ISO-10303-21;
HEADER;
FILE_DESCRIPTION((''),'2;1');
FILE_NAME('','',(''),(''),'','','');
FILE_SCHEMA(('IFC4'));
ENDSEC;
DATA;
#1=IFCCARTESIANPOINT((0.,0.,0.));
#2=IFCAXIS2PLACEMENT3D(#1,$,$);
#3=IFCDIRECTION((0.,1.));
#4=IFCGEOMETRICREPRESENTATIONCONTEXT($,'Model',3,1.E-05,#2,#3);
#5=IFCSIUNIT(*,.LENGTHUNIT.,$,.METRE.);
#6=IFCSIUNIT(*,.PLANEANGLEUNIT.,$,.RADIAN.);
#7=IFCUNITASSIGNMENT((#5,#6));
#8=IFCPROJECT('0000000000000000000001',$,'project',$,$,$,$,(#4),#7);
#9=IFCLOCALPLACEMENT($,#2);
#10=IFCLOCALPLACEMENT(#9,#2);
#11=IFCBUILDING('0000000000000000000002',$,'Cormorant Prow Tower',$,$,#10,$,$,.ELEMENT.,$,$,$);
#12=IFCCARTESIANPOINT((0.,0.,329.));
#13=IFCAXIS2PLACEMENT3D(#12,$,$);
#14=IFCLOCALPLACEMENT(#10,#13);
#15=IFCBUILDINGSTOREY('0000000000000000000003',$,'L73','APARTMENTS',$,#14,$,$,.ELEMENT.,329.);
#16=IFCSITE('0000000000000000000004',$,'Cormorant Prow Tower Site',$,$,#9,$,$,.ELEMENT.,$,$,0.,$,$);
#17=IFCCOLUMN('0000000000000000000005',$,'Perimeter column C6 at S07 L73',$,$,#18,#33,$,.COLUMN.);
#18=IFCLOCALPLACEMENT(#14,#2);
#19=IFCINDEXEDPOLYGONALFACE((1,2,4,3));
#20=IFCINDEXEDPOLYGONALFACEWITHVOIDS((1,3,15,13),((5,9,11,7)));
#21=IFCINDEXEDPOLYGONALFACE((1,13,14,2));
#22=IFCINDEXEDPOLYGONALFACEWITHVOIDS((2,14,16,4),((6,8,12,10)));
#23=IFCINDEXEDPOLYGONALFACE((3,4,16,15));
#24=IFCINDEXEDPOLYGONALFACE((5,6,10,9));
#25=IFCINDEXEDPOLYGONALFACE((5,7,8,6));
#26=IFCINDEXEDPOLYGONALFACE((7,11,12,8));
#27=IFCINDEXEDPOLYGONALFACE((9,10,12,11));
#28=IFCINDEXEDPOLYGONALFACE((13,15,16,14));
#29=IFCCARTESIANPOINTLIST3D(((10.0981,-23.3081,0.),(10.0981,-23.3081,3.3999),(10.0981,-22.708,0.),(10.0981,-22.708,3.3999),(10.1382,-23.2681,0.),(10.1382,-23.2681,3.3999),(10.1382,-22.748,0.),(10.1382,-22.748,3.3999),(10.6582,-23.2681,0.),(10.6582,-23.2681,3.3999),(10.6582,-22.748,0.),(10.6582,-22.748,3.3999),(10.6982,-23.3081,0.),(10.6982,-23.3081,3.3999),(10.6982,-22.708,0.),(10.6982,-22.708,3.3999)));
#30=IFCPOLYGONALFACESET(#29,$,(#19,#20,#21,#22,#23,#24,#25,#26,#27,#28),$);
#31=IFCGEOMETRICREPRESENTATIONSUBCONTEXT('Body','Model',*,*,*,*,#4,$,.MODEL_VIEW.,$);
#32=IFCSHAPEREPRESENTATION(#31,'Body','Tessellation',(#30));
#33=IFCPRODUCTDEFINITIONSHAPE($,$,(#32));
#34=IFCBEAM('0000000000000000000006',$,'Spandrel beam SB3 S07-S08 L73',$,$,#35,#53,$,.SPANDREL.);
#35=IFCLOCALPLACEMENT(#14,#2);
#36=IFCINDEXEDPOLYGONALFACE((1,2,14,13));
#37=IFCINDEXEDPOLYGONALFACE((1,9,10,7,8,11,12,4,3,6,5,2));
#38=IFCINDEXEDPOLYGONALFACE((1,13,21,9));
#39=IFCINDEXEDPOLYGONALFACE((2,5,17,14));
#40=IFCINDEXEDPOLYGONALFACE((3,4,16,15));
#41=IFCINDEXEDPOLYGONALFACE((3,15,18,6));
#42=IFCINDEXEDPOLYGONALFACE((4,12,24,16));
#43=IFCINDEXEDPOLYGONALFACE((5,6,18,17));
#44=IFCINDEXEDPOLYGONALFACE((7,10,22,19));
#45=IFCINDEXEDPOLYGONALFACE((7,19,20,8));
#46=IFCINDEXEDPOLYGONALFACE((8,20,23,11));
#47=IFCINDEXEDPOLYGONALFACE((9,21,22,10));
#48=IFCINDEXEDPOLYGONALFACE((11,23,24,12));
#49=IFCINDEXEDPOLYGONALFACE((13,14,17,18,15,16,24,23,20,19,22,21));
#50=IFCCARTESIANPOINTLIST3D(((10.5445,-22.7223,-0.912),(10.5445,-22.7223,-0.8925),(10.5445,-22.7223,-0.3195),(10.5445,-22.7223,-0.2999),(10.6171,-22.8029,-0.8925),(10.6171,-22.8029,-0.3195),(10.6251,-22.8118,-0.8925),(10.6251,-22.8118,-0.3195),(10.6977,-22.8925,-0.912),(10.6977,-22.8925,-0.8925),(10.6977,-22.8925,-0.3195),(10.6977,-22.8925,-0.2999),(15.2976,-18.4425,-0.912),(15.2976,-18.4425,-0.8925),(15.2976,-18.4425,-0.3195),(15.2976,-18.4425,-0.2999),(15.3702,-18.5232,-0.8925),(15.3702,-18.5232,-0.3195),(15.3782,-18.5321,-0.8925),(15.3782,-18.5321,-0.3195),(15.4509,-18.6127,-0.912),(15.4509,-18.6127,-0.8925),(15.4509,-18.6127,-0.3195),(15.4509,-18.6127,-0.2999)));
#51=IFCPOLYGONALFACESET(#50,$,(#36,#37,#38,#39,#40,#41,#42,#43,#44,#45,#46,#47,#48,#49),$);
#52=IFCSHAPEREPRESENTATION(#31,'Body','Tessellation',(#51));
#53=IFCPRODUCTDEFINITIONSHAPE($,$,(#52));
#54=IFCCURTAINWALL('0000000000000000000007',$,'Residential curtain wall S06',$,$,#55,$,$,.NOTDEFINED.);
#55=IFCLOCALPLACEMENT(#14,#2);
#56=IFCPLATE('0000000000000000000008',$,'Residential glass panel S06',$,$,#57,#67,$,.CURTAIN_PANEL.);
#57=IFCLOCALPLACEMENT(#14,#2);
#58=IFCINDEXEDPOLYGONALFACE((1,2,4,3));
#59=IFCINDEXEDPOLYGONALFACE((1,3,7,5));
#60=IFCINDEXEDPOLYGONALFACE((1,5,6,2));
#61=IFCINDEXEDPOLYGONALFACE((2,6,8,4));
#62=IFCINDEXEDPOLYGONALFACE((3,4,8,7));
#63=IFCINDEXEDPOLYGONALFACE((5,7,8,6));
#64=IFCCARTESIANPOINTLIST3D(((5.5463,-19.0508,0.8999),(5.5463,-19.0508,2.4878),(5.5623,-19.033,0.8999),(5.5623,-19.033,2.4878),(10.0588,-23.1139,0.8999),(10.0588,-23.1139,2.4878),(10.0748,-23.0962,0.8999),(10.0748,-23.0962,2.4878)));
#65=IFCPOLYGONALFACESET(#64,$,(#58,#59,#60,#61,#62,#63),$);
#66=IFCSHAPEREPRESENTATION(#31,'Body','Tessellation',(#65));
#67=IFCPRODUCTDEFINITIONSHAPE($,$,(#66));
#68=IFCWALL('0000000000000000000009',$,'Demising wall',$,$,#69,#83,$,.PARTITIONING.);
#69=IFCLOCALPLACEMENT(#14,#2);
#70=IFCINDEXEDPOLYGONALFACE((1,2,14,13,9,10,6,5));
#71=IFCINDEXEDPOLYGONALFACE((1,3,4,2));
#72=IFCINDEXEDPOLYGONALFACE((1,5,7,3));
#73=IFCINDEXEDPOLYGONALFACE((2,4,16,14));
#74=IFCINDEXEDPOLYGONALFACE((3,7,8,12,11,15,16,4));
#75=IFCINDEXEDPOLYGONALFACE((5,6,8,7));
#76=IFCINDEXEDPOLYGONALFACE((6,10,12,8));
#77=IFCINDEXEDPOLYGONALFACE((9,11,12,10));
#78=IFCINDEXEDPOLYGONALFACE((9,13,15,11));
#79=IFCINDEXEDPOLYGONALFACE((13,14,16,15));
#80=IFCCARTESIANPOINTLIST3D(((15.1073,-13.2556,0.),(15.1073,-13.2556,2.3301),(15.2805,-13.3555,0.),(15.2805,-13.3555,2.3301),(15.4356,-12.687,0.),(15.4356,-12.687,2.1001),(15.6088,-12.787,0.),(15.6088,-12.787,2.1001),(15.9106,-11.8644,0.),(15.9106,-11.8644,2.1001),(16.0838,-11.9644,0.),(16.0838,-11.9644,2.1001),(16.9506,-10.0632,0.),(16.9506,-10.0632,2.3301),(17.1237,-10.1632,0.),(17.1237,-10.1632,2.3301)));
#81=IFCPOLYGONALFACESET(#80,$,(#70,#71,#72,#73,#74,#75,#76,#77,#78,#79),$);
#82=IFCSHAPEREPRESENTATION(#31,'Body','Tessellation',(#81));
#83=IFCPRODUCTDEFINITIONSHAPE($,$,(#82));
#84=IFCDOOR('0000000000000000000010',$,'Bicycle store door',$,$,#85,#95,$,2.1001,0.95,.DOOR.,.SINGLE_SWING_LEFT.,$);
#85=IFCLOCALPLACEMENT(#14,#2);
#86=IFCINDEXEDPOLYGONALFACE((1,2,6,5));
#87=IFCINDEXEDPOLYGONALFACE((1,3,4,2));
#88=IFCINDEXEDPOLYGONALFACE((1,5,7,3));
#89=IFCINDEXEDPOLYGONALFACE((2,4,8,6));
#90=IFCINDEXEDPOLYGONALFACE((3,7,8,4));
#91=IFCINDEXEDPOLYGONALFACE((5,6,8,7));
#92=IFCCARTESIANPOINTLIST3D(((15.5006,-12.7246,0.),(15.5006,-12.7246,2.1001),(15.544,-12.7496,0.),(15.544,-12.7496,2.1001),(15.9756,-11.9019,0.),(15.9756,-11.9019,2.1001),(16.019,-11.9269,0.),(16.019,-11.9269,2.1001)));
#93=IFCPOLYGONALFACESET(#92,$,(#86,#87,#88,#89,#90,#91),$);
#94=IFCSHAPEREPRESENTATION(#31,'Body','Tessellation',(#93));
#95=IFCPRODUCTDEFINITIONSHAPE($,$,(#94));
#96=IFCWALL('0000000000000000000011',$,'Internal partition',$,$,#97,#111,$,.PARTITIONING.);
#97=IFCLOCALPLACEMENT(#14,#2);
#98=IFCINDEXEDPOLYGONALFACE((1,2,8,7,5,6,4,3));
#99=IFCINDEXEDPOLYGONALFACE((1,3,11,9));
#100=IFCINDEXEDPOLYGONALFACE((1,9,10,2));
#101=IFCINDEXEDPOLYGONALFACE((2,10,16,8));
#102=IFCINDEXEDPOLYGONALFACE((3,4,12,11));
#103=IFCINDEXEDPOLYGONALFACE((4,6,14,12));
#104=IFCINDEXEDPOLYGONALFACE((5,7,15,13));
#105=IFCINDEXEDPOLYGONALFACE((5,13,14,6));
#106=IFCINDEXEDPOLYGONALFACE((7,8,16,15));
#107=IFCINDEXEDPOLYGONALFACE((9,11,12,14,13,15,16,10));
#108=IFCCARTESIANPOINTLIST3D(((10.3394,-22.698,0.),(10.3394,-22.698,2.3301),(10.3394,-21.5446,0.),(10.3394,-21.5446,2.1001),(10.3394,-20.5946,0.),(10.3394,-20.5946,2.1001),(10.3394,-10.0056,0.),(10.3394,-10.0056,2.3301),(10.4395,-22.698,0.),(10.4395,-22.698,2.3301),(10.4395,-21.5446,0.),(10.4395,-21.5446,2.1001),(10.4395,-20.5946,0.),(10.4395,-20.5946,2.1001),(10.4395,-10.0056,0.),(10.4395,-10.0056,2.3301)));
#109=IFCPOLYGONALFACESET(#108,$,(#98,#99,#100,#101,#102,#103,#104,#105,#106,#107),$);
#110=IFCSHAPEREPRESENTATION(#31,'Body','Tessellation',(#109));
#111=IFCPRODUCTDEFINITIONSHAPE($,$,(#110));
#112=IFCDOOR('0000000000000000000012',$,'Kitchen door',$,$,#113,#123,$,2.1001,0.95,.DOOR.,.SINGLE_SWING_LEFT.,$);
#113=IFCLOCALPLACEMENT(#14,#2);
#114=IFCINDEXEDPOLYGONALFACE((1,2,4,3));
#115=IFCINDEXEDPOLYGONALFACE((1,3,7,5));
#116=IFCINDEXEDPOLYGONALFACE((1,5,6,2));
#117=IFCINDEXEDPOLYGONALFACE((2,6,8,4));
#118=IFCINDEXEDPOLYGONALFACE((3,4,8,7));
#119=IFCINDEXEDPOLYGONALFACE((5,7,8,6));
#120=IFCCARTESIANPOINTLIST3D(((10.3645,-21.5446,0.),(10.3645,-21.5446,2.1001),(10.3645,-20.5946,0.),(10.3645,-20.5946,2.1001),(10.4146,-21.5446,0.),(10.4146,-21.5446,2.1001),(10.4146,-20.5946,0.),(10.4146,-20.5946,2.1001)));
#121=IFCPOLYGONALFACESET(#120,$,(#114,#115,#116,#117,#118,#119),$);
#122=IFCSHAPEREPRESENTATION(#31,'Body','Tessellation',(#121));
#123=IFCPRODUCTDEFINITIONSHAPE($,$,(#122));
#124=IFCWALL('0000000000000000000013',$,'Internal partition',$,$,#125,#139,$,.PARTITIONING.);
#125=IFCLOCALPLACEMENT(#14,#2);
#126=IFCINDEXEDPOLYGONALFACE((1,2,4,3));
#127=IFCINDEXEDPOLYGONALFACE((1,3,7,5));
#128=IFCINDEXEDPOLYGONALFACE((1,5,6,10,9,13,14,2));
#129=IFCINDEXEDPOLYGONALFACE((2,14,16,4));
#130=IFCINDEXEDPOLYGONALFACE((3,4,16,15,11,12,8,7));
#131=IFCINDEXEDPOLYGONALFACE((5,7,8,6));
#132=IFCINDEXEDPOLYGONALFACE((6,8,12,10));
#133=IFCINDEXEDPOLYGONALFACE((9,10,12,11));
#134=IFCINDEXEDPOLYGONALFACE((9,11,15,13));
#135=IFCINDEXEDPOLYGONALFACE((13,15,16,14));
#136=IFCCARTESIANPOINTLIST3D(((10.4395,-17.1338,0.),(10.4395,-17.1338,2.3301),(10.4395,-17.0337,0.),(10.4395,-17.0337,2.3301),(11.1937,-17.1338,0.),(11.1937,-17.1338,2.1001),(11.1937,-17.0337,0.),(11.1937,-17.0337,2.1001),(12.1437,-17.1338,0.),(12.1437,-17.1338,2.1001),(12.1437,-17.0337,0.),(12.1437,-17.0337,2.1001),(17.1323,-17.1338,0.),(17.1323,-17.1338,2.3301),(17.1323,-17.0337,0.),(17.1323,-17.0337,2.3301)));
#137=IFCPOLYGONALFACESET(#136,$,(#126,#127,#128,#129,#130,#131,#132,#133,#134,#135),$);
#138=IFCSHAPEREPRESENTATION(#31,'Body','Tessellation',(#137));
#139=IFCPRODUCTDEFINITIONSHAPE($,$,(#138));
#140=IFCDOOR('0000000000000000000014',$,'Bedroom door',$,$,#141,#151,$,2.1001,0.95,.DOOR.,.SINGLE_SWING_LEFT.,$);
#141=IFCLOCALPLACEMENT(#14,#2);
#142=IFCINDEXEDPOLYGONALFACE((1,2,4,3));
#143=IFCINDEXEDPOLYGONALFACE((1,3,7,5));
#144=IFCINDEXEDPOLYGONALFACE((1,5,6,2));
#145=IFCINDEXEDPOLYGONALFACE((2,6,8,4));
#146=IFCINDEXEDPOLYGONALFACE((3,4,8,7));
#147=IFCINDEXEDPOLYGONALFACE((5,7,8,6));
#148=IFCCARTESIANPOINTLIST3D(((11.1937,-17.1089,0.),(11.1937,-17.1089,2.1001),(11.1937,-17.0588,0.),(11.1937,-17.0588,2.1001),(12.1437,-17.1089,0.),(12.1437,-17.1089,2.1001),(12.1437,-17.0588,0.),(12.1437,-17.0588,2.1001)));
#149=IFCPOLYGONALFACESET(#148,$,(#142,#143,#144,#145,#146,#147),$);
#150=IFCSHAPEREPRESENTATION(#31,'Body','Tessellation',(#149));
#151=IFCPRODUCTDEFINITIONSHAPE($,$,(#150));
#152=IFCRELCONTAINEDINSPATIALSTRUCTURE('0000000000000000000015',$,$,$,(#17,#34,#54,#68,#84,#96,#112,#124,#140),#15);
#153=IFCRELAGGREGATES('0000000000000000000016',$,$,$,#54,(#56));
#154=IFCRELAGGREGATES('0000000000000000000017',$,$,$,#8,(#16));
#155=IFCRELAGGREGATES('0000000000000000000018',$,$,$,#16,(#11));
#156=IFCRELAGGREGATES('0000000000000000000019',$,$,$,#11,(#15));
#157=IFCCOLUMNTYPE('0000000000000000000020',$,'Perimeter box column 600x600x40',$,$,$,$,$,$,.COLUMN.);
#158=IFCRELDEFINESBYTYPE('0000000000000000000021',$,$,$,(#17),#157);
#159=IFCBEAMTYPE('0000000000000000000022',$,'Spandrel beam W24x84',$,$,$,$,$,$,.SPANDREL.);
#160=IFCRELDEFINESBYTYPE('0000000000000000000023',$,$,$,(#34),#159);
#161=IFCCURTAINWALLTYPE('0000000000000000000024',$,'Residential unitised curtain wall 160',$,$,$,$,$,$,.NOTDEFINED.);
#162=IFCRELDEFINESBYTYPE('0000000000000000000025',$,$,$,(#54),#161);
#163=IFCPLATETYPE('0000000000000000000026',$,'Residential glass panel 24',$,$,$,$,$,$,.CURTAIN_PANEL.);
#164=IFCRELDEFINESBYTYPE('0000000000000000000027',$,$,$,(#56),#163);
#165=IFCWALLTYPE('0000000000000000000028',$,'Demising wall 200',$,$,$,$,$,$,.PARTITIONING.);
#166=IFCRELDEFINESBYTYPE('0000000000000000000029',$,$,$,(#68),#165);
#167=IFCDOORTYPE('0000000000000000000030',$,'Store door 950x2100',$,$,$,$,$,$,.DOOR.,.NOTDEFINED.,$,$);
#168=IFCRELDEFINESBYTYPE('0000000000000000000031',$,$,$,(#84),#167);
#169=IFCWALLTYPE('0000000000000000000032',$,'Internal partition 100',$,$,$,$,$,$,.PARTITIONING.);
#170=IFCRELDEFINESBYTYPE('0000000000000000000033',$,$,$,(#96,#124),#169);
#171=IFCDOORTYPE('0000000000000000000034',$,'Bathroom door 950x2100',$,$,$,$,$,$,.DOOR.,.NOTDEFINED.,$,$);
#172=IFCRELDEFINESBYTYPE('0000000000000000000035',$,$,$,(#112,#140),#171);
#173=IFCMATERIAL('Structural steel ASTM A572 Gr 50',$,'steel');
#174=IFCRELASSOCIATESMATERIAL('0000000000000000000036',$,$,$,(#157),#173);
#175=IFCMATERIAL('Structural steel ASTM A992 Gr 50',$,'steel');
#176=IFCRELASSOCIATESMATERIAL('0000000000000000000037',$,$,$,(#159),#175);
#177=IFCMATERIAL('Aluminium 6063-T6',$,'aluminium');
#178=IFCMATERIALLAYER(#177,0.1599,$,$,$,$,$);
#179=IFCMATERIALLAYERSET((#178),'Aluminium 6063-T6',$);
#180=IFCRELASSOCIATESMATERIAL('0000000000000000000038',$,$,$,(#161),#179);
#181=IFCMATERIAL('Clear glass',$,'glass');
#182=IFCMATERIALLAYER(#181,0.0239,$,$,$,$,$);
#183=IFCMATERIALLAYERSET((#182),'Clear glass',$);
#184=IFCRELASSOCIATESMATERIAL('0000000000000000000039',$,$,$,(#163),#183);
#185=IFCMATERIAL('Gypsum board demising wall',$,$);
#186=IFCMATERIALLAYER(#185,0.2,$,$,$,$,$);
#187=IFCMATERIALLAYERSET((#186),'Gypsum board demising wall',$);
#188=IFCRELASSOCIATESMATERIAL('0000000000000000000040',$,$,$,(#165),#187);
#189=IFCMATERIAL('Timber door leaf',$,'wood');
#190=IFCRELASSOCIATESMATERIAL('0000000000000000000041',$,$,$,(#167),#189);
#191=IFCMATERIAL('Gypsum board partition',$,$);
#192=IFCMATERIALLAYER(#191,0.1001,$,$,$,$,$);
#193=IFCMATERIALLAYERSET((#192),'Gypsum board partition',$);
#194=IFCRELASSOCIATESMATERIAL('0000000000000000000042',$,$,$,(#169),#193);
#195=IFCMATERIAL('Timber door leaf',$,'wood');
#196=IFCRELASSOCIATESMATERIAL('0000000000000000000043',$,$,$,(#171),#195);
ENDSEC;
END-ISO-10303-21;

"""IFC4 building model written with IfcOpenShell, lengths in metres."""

from ifc_helpers import new_model, si_unit, direction, frame, frame_2d, origin, origin_2d, place, context, subcontext, project, spatial, rectangle, hollow_rectangle, i_section, extrude, material, layer, layer_set, material_profile, profile_set, type_object, element, fill, aggregate, save


model = new_model("IFC4")

# Units and contexts
model_context = context("Model", 3, precision=1e-05, world=origin(), true_north=direction((0.0, 1.0)))
body_context = subcontext(model_context, "Body", "Model", "MODEL_VIEW")
ifc_project = project(units=[si_unit("LENGTHUNIT", "METRE"), si_unit("PLANEANGLEUNIT", "RADIAN")], contexts=[model_context])

# Site, building, storey
site_placement = place(None, origin())
site = spatial("IfcSite", under=ifc_project, at=site_placement, Name="Cormorant Prow Tower Site", CompositionType="ELEMENT", RefElevation=0.0)
building_placement = place(site_placement, origin())
building = spatial("IfcBuilding", under=site, at=building_placement, Name="Cormorant Prow Tower", CompositionType="ELEMENT")
storey_placement = place(building_placement, frame((0.0, 0.0, 329.0)))
storey = spatial("IfcBuildingStorey", under=building, at=storey_placement, Name="L73", Description="APARTMENTS", CompositionType="ELEMENT", Elevation=329.0)

# Column
ifc_material_1 = material(Name="Structural steel ASTM A572 Gr 50", Category="steel")
ifc_material_profile_1 = material_profile(ifc_material_1, hollow_rectangle(XDim=0.6001, YDim=0.6001, WallThickness=0.04, at=origin_2d()), Name="Box 600x600x40")
ifc_profile_set_1 = profile_set([ifc_material_profile_1], Name="Structural steel ASTM A572 Gr 50")
column_type = type_object("IfcColumnType", Name="Perimeter box column 600x600x40", PredefinedType="COLUMN", material=ifc_profile_set_1)
column_placement = place(storey_placement, frame((10.3982, -23.0081, 0.0), z_axis=(0.0, 0.0, 1.0), x_axis=(1.0, 0.0, 0.0)))
element("IfcColumn", 1, at=column_placement, inside=storey, type_object=column_type, Name="Perimeter column C6 at S07 L73", PredefinedType="COLUMN", context=body_context, shape_type="SweptSolid", body=[
    extrude(hollow_rectangle(XDim=0.6001, YDim=0.6001, WallThickness=0.04, at=origin_2d()), origin(), (0.0, 0.0, 1.0), 3.3999),
])

# Beam
ifc_material_2 = material(Name="Structural steel ASTM A992 Gr 50", Category="steel")
ifc_material_profile_2 = material_profile(ifc_material_2, i_section(OverallWidth=0.229, OverallDepth=0.6121, WebThickness=0.012, FlangeThickness=0.0195, at=origin_2d()), Name="W24x84")
ifc_profile_set_2 = profile_set([ifc_material_profile_2], Name="Structural steel ASTM A992 Gr 50")
beam_type = type_object("IfcBeamType", Name="Spandrel beam W24x84", PredefinedType="SPANDREL", material=ifc_profile_set_2)
beam_placement = place(storey_placement, frame((10.6211, -22.8074, -0.606), z_axis=(0.743144, 0.669131, 0.0), x_axis=(-0.669131, 0.743144, 0.0)))
element("IfcBeam", 2, at=beam_placement, inside=storey, type_object=beam_type, Name="Spandrel beam SB3 S07-S08 L73", PredefinedType="SPANDREL", context=body_context, shape_type="SweptSolid", body=[
    extrude(i_section(OverallWidth=0.229, OverallDepth=0.6121, WebThickness=0.012, FlangeThickness=0.0195, at=origin_2d()), origin(), (0.0, 0.0, 1.0), 6.396),
])

# Curtain wall, plate
ifc_material_3 = material(Name="Aluminium 6063-T6", Category="aluminium")
ifc_layer_1 = layer(ifc_material_3, 0.1599)
ifc_layer_set_1 = layer_set([ifc_layer_1], Name="Aluminium 6063-T6")
curtain_wall_type = type_object("IfcCurtainWallType", Name="Residential unitised curtain wall 160", PredefinedType="NOTDEFINED", material=ifc_layer_set_1)
curtain_wall_placement = place(storey_placement, origin())
curtain_wall = element("IfcCurtainWall", 3, at=curtain_wall_placement, inside=storey, type_object=curtain_wall_type, Name="Residential curtain wall S06", PredefinedType="NOTDEFINED")
ifc_material_4 = material(Name="Clear glass", Category="glass")
ifc_layer_2 = layer(ifc_material_4, 0.0239)
ifc_layer_set_2 = layer_set([ifc_layer_2], Name="Clear glass")
plate_type = type_object("IfcPlateType", Name="Residential glass panel 24", PredefinedType="CURTAIN_PANEL", material=ifc_layer_set_2)
plate_placement = place(storey_placement, frame((7.8105, -21.0735, 0.8999), z_axis=(0.0, 0.0, 1.0), x_axis=(0.743145, -0.669131, 0.0)))
plate = element("IfcPlate", 4, at=plate_placement, type_object=plate_type, Name="Residential glass panel S06", PredefinedType="CURTAIN_PANEL", context=body_context, shape_type="SweptSolid", body=[
    extrude(rectangle(XDim=6.0723, YDim=0.0239, at=origin_2d()), origin(), (0.0, 0.0, 1.0), 1.5879),
])
aggregate(curtain_wall, [plate])

# Walls, openings, doors
ifc_material_5 = material(Name="Gypsum board demising wall")
ifc_layer_3 = layer(ifc_material_5, 0.2)
ifc_layer_set_3 = layer_set([ifc_layer_3], Name="Gypsum board demising wall")
wall_type_1 = type_object("IfcWallType", Name="Demising wall 200", PredefinedType="PARTITIONING", material=ifc_layer_set_3)
wall_1_placement = place(storey_placement, frame((15.1938, -13.3057, 0.0), z_axis=(0.0, 0.0, 1.0), x_axis=(0.500028, 0.866009, 0.0)))
wall_1 = element("IfcWall", 5, at=wall_1_placement, inside=storey, type_object=wall_type_1, Name="Demising wall", PredefinedType="PARTITIONING", context=body_context, shape_type="SweptSolid", body=[
    extrude(rectangle(XDim=3.6863, YDim=0.2, at=frame_2d((1.8433, 0.0))), origin(), (0.0, 0.0, 1.0), 2.3301),
])
opening_1_placement = place(wall_1_placement, frame((0.6565, 0.0, 0.0)))
opening_1 = element("IfcOpeningElement", 6, at=opening_1_placement, cuts=wall_1, PredefinedType="OPENING", context=body_context, shape_type="SweptSolid", body=[
    extrude(rectangle(XDim=0.95, YDim=2.1001, at=frame_2d((0.4751, 1.05))), frame((0.0, 0.1099, 0.0), z_axis=(0.0, -1.0, 0.0), x_axis=(1.0, 0.0, 0.0)), (0.0, 0.0, 1.0), 0.22),
])
ifc_material_6 = material(Name="Timber door leaf", Category="wood")
door_type_1 = type_object("IfcDoorType", Name="Store door 950x2100", OperationType="NOTDEFINED", PredefinedType="DOOR", material=ifc_material_6)
door_1_placement = place(opening_1_placement, origin())
door_1 = element("IfcDoor", 7, at=door_1_placement, inside=storey, type_object=door_type_1, Name="Bicycle store door", OperationType="SINGLE_SWING_LEFT", OverallHeight=2.1001, OverallWidth=0.95, PredefinedType="DOOR", context=body_context, shape_type="SweptSolid", body=[
    extrude(rectangle(XDim=0.95, YDim=2.1001, at=frame_2d((0.4751, 1.05))), frame((0.0, 0.0249, 0.0), z_axis=(0.0, -1.0, 0.0), x_axis=(1.0, 0.0, 0.0)), (0.0, 0.0, 1.0), 0.05),
])
fill(opening_1, door_1)
ifc_material_7 = material(Name="Gypsum board partition")
ifc_layer_4 = layer(ifc_material_7, 0.1001)
ifc_layer_set_4 = layer_set([ifc_layer_4], Name="Gypsum board partition")
wall_type_2 = type_object("IfcWallType", Name="Internal partition 100", PredefinedType="PARTITIONING", material=ifc_layer_set_4)
wall_2_placement = place(storey_placement, frame((10.3894, -22.698, 0.0), z_axis=(0.0, 0.0, 1.0), x_axis=(0.0, 1.0, 0.0)))
wall_2 = element("IfcWall", 8, at=wall_2_placement, inside=storey, type_object=wall_type_2, Name="Internal partition", PredefinedType="PARTITIONING", context=body_context, shape_type="SweptSolid", body=[
    extrude(rectangle(XDim=12.6924, YDim=0.1001, at=frame_2d((6.3462, 0.0))), origin(), (0.0, 0.0, 1.0), 2.3301),
])
opening_2_placement = place(wall_2_placement, frame((1.1533, 0.0, 0.0)))
opening_2 = element("IfcOpeningElement", 9, at=opening_2_placement, cuts=wall_2, PredefinedType="OPENING", context=body_context, shape_type="SweptSolid", body=[
    extrude(rectangle(XDim=0.95, YDim=2.1001, at=frame_2d((0.4751, 1.05))), frame((0.0, 0.0601, 0.0), z_axis=(0.0, -1.0, 0.0), x_axis=(1.0, 0.0, 0.0)), (0.0, 0.0, 1.0), 0.1201),
])
ifc_material_8 = material(Name="Timber door leaf", Category="wood")
door_type_2 = type_object("IfcDoorType", Name="Bathroom door 950x2100", OperationType="NOTDEFINED", PredefinedType="DOOR", material=ifc_material_8)
door_2_placement = place(opening_2_placement, origin())
door_2 = element("IfcDoor", 10, at=door_2_placement, inside=storey, type_object=door_type_2, Name="Kitchen door", OperationType="SINGLE_SWING_LEFT", OverallHeight=2.1001, OverallWidth=0.95, PredefinedType="DOOR", context=body_context, shape_type="SweptSolid", body=[
    extrude(rectangle(XDim=0.95, YDim=2.1001, at=frame_2d((0.4751, 1.05))), frame((0.0, 0.0249, 0.0), z_axis=(0.0, -1.0, 0.0), x_axis=(1.0, 0.0, 0.0)), (0.0, 0.0, 1.0), 0.05),
])
fill(opening_2, door_2)
wall_3_placement = place(storey_placement, frame((10.4395, -17.0837, 0.0), z_axis=(0.0, 0.0, 1.0), x_axis=(1.0, 0.0, 0.0)))
wall_3 = element("IfcWall", 11, at=wall_3_placement, inside=storey, type_object=wall_type_2, Name="Internal partition", PredefinedType="PARTITIONING", context=body_context, shape_type="SweptSolid", body=[
    extrude(rectangle(XDim=6.6929, YDim=0.1001, at=frame_2d((3.3464, 0.0))), origin(), (0.0, 0.0, 1.0), 2.3301),
])
opening_3_placement = place(wall_3_placement, frame((0.7542, 0.0, 0.0)))
opening_3 = element("IfcOpeningElement", 12, at=opening_3_placement, cuts=wall_3, PredefinedType="OPENING", context=body_context, shape_type="SweptSolid", body=[
    extrude(rectangle(XDim=0.95, YDim=2.1001, at=frame_2d((0.4751, 1.05))), frame((0.0, 0.0601, 0.0), z_axis=(0.0, -1.0, 0.0), x_axis=(1.0, 0.0, 0.0)), (0.0, 0.0, 1.0), 0.1201),
])
door_3_placement = place(opening_3_placement, origin())
door_3 = element("IfcDoor", 13, at=door_3_placement, inside=storey, type_object=door_type_2, Name="Bedroom door", OperationType="SINGLE_SWING_LEFT", OverallHeight=2.1001, OverallWidth=0.95, PredefinedType="DOOR", context=body_context, shape_type="SweptSolid", body=[
    extrude(rectangle(XDim=0.95, YDim=2.1001, at=frame_2d((0.4751, 1.05))), frame((0.0, 0.0249, 0.0), z_axis=(0.0, -1.0, 0.0), x_axis=(1.0, 0.0, 0.0)), (0.0, 0.0, 1.0), 0.05),
])
fill(opening_3, door_3)

save(model, "model.ifc")
